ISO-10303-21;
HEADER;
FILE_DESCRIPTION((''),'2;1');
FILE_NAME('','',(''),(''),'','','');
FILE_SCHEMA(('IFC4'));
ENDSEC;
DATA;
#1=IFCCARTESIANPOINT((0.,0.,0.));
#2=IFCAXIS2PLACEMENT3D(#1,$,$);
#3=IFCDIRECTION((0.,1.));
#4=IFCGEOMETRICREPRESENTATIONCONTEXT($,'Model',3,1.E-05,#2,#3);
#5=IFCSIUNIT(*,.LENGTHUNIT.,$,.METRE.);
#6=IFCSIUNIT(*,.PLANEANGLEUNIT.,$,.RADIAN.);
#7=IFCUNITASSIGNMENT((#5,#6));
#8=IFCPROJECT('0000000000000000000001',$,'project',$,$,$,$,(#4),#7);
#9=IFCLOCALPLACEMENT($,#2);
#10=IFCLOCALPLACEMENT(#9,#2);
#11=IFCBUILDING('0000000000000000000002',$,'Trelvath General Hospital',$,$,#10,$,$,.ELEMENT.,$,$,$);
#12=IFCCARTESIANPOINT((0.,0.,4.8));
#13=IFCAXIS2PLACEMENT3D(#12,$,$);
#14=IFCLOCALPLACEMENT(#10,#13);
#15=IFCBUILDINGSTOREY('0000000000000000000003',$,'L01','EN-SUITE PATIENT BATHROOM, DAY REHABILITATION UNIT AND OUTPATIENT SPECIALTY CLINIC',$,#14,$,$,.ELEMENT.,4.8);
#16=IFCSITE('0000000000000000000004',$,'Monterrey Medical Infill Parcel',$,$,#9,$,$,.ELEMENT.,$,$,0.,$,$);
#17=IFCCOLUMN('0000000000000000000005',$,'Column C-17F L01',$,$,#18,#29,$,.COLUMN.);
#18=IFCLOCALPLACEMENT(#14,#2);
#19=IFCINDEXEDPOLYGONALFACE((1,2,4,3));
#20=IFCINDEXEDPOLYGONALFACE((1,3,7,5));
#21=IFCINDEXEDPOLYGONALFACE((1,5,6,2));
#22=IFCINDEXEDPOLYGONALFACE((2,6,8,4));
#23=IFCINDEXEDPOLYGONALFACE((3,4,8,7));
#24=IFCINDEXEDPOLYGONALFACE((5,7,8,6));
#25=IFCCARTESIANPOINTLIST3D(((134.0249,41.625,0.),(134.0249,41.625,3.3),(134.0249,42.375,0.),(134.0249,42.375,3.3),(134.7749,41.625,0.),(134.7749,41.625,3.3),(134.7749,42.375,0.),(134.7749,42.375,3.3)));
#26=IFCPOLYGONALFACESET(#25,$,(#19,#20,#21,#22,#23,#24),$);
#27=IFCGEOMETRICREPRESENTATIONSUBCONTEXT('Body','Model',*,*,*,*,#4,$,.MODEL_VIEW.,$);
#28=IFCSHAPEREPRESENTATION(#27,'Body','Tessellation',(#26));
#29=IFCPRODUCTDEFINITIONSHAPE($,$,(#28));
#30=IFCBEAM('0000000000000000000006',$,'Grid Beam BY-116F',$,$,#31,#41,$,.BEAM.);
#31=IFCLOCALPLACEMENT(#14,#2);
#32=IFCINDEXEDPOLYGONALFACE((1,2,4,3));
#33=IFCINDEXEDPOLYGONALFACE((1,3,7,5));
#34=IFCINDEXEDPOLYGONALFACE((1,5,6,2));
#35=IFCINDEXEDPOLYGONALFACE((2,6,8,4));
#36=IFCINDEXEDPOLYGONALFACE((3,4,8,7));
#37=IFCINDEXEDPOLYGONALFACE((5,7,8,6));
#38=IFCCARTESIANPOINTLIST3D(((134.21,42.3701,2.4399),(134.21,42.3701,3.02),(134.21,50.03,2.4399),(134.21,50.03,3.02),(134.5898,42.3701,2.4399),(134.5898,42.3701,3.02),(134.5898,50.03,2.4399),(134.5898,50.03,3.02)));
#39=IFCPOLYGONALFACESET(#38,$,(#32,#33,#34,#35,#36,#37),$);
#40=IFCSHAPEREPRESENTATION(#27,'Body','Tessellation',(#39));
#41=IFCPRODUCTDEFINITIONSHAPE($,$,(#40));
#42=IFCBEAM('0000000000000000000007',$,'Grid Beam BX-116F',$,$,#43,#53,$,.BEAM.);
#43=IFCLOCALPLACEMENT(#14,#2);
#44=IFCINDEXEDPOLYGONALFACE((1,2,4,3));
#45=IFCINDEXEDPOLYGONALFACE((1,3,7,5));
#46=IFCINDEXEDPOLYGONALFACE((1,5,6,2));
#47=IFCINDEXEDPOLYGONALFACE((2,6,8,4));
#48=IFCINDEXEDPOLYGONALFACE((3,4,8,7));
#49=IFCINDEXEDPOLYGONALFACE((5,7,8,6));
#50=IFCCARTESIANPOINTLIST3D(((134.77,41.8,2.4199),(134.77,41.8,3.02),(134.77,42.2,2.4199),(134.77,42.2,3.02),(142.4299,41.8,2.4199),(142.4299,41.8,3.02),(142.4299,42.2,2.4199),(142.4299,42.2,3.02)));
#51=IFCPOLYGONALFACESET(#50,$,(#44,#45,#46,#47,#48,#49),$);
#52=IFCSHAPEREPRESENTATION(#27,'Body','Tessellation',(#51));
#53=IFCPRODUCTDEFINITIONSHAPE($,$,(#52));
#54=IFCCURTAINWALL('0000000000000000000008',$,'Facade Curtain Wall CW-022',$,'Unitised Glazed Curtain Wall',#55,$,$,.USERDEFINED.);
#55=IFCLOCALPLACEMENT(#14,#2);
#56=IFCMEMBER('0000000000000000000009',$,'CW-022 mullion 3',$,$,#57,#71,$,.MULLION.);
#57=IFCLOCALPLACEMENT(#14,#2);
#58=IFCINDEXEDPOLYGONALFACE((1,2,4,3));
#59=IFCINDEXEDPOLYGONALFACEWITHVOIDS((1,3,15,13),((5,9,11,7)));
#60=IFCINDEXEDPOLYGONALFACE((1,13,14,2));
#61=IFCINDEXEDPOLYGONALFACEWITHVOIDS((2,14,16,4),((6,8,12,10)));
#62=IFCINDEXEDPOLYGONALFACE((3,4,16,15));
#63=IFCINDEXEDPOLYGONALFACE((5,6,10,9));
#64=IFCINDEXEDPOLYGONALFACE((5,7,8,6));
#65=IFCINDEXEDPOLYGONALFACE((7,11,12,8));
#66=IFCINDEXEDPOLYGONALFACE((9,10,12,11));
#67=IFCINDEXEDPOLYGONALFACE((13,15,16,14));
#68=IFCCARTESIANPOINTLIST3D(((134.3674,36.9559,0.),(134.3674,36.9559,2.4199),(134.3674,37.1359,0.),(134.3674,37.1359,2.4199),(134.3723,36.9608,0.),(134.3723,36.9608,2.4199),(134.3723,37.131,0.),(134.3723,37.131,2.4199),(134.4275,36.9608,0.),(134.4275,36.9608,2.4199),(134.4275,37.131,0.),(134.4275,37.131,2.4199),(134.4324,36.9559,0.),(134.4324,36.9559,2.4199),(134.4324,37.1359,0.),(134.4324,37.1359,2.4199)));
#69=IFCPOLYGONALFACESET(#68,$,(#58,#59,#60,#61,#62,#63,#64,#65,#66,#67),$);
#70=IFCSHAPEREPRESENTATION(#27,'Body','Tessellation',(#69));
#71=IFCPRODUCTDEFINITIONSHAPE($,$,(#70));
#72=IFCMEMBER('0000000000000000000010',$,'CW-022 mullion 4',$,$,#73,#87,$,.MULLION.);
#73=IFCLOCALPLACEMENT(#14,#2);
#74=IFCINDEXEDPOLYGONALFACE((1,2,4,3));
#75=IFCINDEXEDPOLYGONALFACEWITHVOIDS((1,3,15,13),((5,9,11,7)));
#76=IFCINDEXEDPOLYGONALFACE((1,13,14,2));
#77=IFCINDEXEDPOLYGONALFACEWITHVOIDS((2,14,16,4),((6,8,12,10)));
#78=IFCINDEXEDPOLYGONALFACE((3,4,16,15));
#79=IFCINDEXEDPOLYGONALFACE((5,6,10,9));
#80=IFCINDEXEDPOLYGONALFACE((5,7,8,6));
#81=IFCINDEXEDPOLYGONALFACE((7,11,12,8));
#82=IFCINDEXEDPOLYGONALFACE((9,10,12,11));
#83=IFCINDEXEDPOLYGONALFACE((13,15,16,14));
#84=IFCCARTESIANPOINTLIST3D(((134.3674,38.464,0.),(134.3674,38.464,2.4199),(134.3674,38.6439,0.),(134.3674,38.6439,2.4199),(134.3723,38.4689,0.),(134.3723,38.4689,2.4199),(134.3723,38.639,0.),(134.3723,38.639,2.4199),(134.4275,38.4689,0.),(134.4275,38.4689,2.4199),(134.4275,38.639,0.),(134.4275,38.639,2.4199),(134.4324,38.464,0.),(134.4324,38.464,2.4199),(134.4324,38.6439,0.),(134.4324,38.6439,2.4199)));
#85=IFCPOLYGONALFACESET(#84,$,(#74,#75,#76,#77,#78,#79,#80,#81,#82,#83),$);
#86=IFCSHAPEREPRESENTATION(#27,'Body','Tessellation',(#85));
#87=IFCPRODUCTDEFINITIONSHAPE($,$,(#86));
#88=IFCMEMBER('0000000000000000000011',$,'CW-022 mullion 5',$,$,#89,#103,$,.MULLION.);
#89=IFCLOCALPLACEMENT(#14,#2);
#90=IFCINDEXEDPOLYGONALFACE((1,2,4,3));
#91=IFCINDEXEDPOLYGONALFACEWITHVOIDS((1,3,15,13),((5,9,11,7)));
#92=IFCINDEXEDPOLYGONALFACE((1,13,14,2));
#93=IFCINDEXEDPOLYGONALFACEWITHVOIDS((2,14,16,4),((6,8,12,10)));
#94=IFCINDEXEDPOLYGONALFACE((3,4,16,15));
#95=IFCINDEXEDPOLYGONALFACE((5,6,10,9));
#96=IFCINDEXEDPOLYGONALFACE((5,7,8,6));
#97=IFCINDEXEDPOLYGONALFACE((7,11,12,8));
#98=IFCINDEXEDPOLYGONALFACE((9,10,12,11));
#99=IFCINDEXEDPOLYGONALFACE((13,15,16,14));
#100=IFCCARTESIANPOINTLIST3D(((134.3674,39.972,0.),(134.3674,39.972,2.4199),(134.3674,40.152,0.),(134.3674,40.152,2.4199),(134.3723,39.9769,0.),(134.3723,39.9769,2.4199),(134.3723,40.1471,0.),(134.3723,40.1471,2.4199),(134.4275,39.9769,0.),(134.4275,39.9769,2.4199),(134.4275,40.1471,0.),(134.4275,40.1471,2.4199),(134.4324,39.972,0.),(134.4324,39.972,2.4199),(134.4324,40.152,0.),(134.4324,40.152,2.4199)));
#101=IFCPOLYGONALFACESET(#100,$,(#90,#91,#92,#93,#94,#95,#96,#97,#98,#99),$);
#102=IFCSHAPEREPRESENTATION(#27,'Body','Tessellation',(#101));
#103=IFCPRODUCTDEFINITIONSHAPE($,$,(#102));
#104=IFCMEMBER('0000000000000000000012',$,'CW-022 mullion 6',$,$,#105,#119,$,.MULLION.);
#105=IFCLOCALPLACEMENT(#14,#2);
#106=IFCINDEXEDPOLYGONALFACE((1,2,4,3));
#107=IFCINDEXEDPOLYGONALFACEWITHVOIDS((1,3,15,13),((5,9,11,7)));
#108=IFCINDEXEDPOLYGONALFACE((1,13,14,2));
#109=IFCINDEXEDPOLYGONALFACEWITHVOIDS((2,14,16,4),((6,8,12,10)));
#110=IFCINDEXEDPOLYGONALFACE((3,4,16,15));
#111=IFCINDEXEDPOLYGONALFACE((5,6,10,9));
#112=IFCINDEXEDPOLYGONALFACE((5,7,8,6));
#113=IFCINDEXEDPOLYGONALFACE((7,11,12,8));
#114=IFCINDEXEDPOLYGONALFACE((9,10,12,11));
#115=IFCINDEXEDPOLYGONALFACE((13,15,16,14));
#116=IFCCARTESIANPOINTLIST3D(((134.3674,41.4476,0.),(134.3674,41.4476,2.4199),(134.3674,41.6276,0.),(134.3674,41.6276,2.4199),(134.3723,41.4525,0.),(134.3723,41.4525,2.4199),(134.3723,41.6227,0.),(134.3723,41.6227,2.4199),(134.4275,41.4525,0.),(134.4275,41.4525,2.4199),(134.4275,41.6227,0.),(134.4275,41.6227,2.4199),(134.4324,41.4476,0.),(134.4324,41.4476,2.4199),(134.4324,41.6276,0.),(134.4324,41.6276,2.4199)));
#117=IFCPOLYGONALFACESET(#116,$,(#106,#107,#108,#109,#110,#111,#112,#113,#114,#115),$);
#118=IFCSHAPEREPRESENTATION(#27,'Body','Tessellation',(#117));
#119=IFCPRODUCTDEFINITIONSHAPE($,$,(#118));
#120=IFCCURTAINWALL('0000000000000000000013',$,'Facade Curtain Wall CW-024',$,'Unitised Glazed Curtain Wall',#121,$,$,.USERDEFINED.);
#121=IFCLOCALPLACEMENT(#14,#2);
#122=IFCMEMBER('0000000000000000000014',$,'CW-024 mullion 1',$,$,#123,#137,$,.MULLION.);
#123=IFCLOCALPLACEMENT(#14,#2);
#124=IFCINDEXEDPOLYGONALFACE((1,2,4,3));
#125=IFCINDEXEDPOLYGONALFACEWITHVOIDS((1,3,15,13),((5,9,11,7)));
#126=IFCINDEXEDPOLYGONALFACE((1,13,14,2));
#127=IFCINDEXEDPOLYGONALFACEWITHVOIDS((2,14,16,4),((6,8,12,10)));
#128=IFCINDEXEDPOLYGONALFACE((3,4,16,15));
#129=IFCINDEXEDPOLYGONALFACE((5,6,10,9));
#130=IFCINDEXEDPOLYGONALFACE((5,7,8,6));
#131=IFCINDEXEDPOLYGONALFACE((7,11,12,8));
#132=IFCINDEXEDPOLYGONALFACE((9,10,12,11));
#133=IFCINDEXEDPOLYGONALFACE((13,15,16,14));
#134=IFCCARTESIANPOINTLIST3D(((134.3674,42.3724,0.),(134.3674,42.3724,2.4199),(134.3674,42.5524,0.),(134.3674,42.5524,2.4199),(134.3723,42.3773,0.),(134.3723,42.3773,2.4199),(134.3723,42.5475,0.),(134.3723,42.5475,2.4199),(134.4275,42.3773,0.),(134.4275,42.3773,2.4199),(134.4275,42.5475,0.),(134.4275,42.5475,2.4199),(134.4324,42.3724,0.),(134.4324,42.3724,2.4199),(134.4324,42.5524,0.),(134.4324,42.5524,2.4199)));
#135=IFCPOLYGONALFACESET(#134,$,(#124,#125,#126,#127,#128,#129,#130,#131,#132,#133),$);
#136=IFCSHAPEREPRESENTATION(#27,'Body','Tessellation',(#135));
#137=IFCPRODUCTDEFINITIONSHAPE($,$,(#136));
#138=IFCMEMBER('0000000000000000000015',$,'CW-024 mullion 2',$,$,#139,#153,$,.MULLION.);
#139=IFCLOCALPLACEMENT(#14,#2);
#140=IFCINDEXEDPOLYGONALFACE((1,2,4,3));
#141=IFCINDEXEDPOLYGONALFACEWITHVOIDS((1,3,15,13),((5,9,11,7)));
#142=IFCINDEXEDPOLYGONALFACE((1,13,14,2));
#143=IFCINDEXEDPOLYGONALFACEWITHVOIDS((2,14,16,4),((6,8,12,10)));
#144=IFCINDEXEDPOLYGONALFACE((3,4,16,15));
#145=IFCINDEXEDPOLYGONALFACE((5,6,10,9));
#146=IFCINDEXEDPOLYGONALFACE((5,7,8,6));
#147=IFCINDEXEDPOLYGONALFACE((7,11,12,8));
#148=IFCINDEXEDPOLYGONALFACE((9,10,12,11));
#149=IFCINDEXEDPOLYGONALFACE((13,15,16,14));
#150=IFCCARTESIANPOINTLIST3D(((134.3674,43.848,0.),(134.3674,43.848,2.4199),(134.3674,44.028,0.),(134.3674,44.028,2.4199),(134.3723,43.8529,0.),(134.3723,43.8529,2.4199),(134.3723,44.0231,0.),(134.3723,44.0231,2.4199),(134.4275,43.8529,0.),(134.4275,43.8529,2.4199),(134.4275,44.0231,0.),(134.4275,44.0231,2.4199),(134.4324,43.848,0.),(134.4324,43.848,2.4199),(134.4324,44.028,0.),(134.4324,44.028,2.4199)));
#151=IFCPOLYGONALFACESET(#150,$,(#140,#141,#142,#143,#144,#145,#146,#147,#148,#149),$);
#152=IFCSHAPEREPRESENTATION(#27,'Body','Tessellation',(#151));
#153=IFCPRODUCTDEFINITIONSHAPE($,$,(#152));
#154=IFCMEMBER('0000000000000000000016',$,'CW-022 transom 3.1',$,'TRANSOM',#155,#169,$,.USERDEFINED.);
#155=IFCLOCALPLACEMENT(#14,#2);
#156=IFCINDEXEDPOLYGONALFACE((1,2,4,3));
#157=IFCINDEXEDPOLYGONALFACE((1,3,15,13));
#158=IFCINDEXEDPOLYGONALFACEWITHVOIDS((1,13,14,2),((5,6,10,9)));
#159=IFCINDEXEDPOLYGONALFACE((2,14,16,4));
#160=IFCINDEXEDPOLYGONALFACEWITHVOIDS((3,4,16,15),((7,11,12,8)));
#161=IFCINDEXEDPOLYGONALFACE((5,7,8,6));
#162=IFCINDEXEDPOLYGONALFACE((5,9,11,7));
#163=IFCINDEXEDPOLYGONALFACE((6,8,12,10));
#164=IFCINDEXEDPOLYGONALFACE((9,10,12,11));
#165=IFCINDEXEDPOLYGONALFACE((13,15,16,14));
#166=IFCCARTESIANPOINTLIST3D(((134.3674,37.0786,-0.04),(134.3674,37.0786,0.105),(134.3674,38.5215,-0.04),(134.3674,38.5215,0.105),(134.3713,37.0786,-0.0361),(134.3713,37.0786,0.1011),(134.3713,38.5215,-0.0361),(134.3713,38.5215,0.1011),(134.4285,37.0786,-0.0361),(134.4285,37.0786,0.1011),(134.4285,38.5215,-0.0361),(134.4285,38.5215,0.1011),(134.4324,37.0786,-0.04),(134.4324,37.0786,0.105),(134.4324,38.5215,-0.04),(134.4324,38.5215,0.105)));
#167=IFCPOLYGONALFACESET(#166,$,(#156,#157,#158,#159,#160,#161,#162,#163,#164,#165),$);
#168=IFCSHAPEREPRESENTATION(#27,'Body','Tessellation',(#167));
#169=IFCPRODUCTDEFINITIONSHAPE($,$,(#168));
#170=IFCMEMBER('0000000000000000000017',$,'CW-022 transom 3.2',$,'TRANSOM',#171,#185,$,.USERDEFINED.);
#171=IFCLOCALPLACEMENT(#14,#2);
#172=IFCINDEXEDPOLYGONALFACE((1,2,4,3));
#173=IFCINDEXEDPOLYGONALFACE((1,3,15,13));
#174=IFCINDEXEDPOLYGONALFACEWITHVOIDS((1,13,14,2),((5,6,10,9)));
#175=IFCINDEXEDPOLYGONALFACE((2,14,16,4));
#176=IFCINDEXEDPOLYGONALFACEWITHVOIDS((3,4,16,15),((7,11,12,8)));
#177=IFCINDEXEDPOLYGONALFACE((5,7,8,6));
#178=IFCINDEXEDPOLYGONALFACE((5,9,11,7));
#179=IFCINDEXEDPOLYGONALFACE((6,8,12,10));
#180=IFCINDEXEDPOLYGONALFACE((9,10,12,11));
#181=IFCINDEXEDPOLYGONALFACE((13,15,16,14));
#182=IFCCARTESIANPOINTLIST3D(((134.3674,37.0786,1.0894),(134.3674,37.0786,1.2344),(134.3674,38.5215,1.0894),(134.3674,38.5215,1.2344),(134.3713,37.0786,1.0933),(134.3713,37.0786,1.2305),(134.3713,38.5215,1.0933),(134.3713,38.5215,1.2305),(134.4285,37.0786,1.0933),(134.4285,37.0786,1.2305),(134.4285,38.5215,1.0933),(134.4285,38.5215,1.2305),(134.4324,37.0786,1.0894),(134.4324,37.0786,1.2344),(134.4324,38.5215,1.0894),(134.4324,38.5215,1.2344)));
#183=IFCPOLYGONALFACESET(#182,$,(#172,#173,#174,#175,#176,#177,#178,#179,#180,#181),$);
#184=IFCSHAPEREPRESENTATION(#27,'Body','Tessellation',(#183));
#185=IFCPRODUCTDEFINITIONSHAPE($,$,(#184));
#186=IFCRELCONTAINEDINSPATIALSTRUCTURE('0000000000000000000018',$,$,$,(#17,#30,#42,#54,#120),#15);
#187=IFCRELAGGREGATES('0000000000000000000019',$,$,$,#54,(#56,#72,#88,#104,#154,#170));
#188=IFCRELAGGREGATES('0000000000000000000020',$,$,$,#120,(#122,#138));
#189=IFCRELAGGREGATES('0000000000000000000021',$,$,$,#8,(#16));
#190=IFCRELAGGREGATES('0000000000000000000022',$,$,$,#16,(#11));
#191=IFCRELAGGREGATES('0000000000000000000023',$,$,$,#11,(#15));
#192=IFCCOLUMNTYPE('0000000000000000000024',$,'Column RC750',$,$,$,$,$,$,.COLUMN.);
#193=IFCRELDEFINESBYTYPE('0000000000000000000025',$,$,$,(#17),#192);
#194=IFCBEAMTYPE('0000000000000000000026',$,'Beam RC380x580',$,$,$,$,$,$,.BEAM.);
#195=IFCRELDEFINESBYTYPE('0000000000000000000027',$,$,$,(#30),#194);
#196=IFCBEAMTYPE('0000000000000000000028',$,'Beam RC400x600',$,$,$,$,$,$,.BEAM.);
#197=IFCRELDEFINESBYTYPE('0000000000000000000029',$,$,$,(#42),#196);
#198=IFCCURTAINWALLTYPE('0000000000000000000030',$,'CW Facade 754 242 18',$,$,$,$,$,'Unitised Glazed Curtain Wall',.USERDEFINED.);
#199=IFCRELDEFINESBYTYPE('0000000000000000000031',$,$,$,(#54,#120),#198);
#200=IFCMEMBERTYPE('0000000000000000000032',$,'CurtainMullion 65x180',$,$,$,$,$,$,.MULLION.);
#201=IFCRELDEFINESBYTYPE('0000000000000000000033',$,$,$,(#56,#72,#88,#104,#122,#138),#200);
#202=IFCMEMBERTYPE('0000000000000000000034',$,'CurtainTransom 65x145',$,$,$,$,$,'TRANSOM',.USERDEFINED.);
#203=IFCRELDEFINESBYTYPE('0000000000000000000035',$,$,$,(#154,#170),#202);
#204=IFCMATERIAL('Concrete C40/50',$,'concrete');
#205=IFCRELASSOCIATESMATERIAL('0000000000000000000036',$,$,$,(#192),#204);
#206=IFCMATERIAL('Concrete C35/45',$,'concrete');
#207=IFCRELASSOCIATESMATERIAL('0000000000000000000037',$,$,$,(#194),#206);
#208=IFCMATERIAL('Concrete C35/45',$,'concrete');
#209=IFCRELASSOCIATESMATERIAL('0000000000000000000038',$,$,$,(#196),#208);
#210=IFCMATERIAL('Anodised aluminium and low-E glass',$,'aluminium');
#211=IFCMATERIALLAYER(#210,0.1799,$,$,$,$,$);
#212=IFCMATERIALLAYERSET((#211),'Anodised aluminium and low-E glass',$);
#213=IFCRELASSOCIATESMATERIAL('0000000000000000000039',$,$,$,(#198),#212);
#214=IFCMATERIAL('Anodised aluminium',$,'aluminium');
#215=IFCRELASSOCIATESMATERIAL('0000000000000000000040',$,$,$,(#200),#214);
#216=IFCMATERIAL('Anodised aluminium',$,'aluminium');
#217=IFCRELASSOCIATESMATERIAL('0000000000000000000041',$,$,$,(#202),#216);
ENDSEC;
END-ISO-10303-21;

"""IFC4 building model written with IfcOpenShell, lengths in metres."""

from ifc_helpers import new_model, si_unit, direction, frame, origin, origin_2d, place, context, subcontext, project, spatial, rectangle, hollow_rectangle, extrude, material, layer, layer_set, material_profile, profile_set, type_object, element, aggregate, save


model = new_model("IFC4")

# Units and contexts
model_context = context("Model", 3, precision=1e-05, world=origin(), true_north=direction((0.0, 1.0)))
body_context = subcontext(model_context, "Body", "Model", "MODEL_VIEW")
ifc_project = project(units=[si_unit("LENGTHUNIT", "METRE"), si_unit("PLANEANGLEUNIT", "RADIAN")], contexts=[model_context])

# Site, building, storey
site_placement = place(None, origin())
site = spatial("IfcSite", under=ifc_project, at=site_placement, Name="Monterrey Medical Infill Parcel", CompositionType="ELEMENT", RefElevation=0.0)
building_placement = place(site_placement, origin())
building = spatial("IfcBuilding", under=site, at=building_placement, Name="Trelvath General Hospital", CompositionType="ELEMENT")
storey_placement = place(building_placement, frame((0.0, 0.0, 4.8)))
storey = spatial("IfcBuildingStorey", under=building, at=storey_placement, Name="L01", Description="EN-SUITE PATIENT BATHROOM, DAY REHABILITATION UNIT AND OUTPATIENT SPECIALTY CLINIC", CompositionType="ELEMENT", Elevation=4.8)

# Column
ifc_material_1 = material(Name="Concrete C40/50", Category="concrete")
ifc_material_profile_1 = material_profile(ifc_material_1, rectangle(XDim=0.75, YDim=0.75, at=origin_2d()), Name="RC750x750")
ifc_profile_set_1 = profile_set([ifc_material_profile_1], Name="Concrete C40/50")
column_type = type_object("IfcColumnType", Name="Column RC750", PredefinedType="COLUMN", material=ifc_profile_set_1)
column_placement = place(storey_placement, frame((134.3999, 42.0, 0.0), z_axis=(0.0, 0.0, 1.0), x_axis=(1.0, 0.0, 0.0)))
element("IfcColumn", 1, at=column_placement, inside=storey, type_object=column_type, Name="Column C-17F L01", PredefinedType="COLUMN", context=body_context, shape_type="SweptSolid", body=[
    extrude(rectangle(XDim=0.75, YDim=0.75, at=origin_2d()), origin(), (0.0, 0.0, 1.0), 3.3),
])

# Beams
ifc_material_2 = material(Name="Concrete C35/45", Category="concrete")
ifc_material_profile_2 = material_profile(ifc_material_2, rectangle(XDim=0.3799, YDim=0.5801, at=origin_2d()), Name="RCB380x580")
ifc_profile_set_2 = profile_set([ifc_material_profile_2], Name="Concrete C35/45")
beam_type_1 = type_object("IfcBeamType", Name="Beam RC380x580", PredefinedType="BEAM", material=ifc_profile_set_2)
beam_1_placement = place(storey_placement, frame((134.3999, 42.3701, 2.73), z_axis=(0.0, 1.0, 0.0), x_axis=(-1.0, 0.0, 0.0)))
element("IfcBeam", 2, at=beam_1_placement, inside=storey, type_object=beam_type_1, Name="Grid Beam BY-116F", PredefinedType="BEAM", context=body_context, shape_type="SweptSolid", body=[
    extrude(rectangle(XDim=0.3799, YDim=0.5801, at=origin_2d()), origin(), (0.0, 0.0, 1.0), 7.6599),
])
ifc_material_3 = material(Name="Concrete C35/45", Category="concrete")
ifc_material_profile_3 = material_profile(ifc_material_3, rectangle(XDim=0.3999, YDim=0.6001, at=origin_2d()), Name="RCB400x600")
ifc_profile_set_3 = profile_set([ifc_material_profile_3], Name="Concrete C35/45")
beam_type_2 = type_object("IfcBeamType", Name="Beam RC400x600", PredefinedType="BEAM", material=ifc_profile_set_3)
beam_2_placement = place(storey_placement, frame((134.77, 42.0, 2.72), z_axis=(1.0, 0.0, 0.0), x_axis=(0.0, 1.0, 0.0)))
element("IfcBeam", 3, at=beam_2_placement, inside=storey, type_object=beam_type_2, Name="Grid Beam BX-116F", PredefinedType="BEAM", context=body_context, shape_type="SweptSolid", body=[
    extrude(rectangle(XDim=0.3999, YDim=0.6001, at=origin_2d()), origin(), (0.0, 0.0, 1.0), 7.6599),
])

# Curtain walls, members
ifc_material_4 = material(Name="Anodised aluminium and low-E glass", Category="aluminium")
ifc_layer_1 = layer(ifc_material_4, 0.1799)
ifc_layer_set_1 = layer_set([ifc_layer_1], Name="Anodised aluminium and low-E glass")
curtain_wall_type = type_object("IfcCurtainWallType", Name="CW Facade 754 242 18", ElementType="Unitised Glazed Curtain Wall", PredefinedType="USERDEFINED", material=ifc_layer_set_1)
curtain_wall_1_placement = place(storey_placement, origin())
curtain_wall_1 = element("IfcCurtainWall", 4, at=curtain_wall_1_placement, inside=storey, type_object=curtain_wall_type, Name="Facade Curtain Wall CW-022", ObjectType="Unitised Glazed Curtain Wall", PredefinedType="USERDEFINED")
ifc_material_5 = material(Name="Anodised aluminium", Category="aluminium")
ifc_material_profile_4 = material_profile(ifc_material_5, hollow_rectangle(XDim=0.0649, YDim=0.1799, WallThickness=0.0049, at=origin_2d()), Name="RHS65x180x5")
ifc_profile_set_4 = profile_set([ifc_material_profile_4], Name="Anodised aluminium")
member_type_1 = type_object("IfcMemberType", Name="CurtainMullion 65x180", PredefinedType="MULLION", material=ifc_profile_set_4)
member_1_placement = place(storey_placement, frame((134.3999, 37.0459, 0.0), z_axis=(0.0, 0.0, 1.0), x_axis=(-1.0, 0.0, 0.0)))
member_1 = element("IfcMember", 5, at=member_1_placement, type_object=member_type_1, Name="CW-022 mullion 3", PredefinedType="MULLION", context=body_context, shape_type="SweptSolid", body=[
    extrude(hollow_rectangle(XDim=0.0649, YDim=0.1799, WallThickness=0.0049, at=origin_2d()), origin(), (0.0, 0.0, 1.0), 2.4199),
])
member_2_placement = place(storey_placement, frame((134.3999, 38.554, 0.0), z_axis=(0.0, 0.0, 1.0), x_axis=(-1.0, 0.0, 0.0)))
member_2 = element("IfcMember", 6, at=member_2_placement, type_object=member_type_1, Name="CW-022 mullion 4", PredefinedType="MULLION", context=body_context, shape_type="SweptSolid", body=[
    extrude(hollow_rectangle(XDim=0.0649, YDim=0.1799, WallThickness=0.0049, at=origin_2d()), origin(), (0.0, 0.0, 1.0), 2.4199),
])
member_3_placement = place(storey_placement, frame((134.3999, 40.062, 0.0), z_axis=(0.0, 0.0, 1.0), x_axis=(-1.0, 0.0, 0.0)))
member_3 = element("IfcMember", 7, at=member_3_placement, type_object=member_type_1, Name="CW-022 mullion 5", PredefinedType="MULLION", context=body_context, shape_type="SweptSolid", body=[
    extrude(hollow_rectangle(XDim=0.0649, YDim=0.1799, WallThickness=0.0049, at=origin_2d()), origin(), (0.0, 0.0, 1.0), 2.4199),
])
member_4_placement = place(storey_placement, frame((134.3999, 41.5376, 0.0), z_axis=(0.0, 0.0, 1.0), x_axis=(-1.0, 0.0, 0.0)))
member_4 = element("IfcMember", 8, at=member_4_placement, type_object=member_type_1, Name="CW-022 mullion 6", PredefinedType="MULLION", context=body_context, shape_type="SweptSolid", body=[
    extrude(hollow_rectangle(XDim=0.0649, YDim=0.1799, WallThickness=0.0049, at=origin_2d()), origin(), (0.0, 0.0, 1.0), 2.4199),
])
curtain_wall_2_placement = place(storey_placement, origin())
curtain_wall_2 = element("IfcCurtainWall", 9, at=curtain_wall_2_placement, inside=storey, type_object=curtain_wall_type, Name="Facade Curtain Wall CW-024", ObjectType="Unitised Glazed Curtain Wall", PredefinedType="USERDEFINED")
member_5_placement = place(storey_placement, frame((134.3999, 42.4624, 0.0), z_axis=(0.0, 0.0, 1.0), x_axis=(-1.0, 0.0, 0.0)))
member_5 = element("IfcMember", 10, at=member_5_placement, type_object=member_type_1, Name="CW-024 mullion 1", PredefinedType="MULLION", context=body_context, shape_type="SweptSolid", body=[
    extrude(hollow_rectangle(XDim=0.0649, YDim=0.1799, WallThickness=0.0049, at=origin_2d()), origin(), (0.0, 0.0, 1.0), 2.4199),
])
member_6_placement = place(storey_placement, frame((134.3999, 43.938, 0.0), z_axis=(0.0, 0.0, 1.0), x_axis=(-1.0, 0.0, 0.0)))
member_6 = element("IfcMember", 11, at=member_6_placement, type_object=member_type_1, Name="CW-024 mullion 2", PredefinedType="MULLION", context=body_context, shape_type="SweptSolid", body=[
    extrude(hollow_rectangle(XDim=0.0649, YDim=0.1799, WallThickness=0.0049, at=origin_2d()), origin(), (0.0, 0.0, 1.0), 2.4199),
])

# Members
ifc_material_6 = material(Name="Anodised aluminium", Category="aluminium")
ifc_material_profile_5 = material_profile(ifc_material_6, hollow_rectangle(XDim=0.0649, YDim=0.145, WallThickness=0.0039, at=origin_2d()), Name="RHS65x145x4")
ifc_profile_set_5 = profile_set([ifc_material_profile_5], Name="Anodised aluminium")
member_type_2 = type_object("IfcMemberType", Name="CurtainTransom 65x145", ElementType="TRANSOM", PredefinedType="USERDEFINED", material=ifc_profile_set_5)
member_7_placement = place(storey_placement, frame((134.3999, 37.0786, 0.0325), z_axis=(0.0, 1.0, 0.0), x_axis=(-1.0, 0.0, 0.0)))
member_7 = element("IfcMember", 12, at=member_7_placement, type_object=member_type_2, Name="CW-022 transom 3.1", ObjectType="TRANSOM", PredefinedType="USERDEFINED", context=body_context, shape_type="SweptSolid", body=[
    extrude(hollow_rectangle(XDim=0.0649, YDim=0.145, WallThickness=0.0039, at=origin_2d()), origin(), (0.0, 0.0, 1.0), 1.4429),
])
member_8_placement = place(storey_placement, frame((134.3999, 37.0786, 1.1619), z_axis=(0.0, 1.0, 0.0), x_axis=(-1.0, 0.0, 0.0)))
member_8 = element("IfcMember", 13, at=member_8_placement, type_object=member_type_2, Name="CW-022 transom 3.2", ObjectType="TRANSOM", PredefinedType="USERDEFINED", context=body_context, shape_type="SweptSolid", body=[
    extrude(hollow_rectangle(XDim=0.0649, YDim=0.145, WallThickness=0.0039, at=origin_2d()), origin(), (0.0, 0.0, 1.0), 1.4429),
])

aggregate(curtain_wall_1, [member_1, member_2, member_3, member_4, member_7, member_8])
aggregate(curtain_wall_2, [member_5, member_6])

save(model, "model.ifc")
